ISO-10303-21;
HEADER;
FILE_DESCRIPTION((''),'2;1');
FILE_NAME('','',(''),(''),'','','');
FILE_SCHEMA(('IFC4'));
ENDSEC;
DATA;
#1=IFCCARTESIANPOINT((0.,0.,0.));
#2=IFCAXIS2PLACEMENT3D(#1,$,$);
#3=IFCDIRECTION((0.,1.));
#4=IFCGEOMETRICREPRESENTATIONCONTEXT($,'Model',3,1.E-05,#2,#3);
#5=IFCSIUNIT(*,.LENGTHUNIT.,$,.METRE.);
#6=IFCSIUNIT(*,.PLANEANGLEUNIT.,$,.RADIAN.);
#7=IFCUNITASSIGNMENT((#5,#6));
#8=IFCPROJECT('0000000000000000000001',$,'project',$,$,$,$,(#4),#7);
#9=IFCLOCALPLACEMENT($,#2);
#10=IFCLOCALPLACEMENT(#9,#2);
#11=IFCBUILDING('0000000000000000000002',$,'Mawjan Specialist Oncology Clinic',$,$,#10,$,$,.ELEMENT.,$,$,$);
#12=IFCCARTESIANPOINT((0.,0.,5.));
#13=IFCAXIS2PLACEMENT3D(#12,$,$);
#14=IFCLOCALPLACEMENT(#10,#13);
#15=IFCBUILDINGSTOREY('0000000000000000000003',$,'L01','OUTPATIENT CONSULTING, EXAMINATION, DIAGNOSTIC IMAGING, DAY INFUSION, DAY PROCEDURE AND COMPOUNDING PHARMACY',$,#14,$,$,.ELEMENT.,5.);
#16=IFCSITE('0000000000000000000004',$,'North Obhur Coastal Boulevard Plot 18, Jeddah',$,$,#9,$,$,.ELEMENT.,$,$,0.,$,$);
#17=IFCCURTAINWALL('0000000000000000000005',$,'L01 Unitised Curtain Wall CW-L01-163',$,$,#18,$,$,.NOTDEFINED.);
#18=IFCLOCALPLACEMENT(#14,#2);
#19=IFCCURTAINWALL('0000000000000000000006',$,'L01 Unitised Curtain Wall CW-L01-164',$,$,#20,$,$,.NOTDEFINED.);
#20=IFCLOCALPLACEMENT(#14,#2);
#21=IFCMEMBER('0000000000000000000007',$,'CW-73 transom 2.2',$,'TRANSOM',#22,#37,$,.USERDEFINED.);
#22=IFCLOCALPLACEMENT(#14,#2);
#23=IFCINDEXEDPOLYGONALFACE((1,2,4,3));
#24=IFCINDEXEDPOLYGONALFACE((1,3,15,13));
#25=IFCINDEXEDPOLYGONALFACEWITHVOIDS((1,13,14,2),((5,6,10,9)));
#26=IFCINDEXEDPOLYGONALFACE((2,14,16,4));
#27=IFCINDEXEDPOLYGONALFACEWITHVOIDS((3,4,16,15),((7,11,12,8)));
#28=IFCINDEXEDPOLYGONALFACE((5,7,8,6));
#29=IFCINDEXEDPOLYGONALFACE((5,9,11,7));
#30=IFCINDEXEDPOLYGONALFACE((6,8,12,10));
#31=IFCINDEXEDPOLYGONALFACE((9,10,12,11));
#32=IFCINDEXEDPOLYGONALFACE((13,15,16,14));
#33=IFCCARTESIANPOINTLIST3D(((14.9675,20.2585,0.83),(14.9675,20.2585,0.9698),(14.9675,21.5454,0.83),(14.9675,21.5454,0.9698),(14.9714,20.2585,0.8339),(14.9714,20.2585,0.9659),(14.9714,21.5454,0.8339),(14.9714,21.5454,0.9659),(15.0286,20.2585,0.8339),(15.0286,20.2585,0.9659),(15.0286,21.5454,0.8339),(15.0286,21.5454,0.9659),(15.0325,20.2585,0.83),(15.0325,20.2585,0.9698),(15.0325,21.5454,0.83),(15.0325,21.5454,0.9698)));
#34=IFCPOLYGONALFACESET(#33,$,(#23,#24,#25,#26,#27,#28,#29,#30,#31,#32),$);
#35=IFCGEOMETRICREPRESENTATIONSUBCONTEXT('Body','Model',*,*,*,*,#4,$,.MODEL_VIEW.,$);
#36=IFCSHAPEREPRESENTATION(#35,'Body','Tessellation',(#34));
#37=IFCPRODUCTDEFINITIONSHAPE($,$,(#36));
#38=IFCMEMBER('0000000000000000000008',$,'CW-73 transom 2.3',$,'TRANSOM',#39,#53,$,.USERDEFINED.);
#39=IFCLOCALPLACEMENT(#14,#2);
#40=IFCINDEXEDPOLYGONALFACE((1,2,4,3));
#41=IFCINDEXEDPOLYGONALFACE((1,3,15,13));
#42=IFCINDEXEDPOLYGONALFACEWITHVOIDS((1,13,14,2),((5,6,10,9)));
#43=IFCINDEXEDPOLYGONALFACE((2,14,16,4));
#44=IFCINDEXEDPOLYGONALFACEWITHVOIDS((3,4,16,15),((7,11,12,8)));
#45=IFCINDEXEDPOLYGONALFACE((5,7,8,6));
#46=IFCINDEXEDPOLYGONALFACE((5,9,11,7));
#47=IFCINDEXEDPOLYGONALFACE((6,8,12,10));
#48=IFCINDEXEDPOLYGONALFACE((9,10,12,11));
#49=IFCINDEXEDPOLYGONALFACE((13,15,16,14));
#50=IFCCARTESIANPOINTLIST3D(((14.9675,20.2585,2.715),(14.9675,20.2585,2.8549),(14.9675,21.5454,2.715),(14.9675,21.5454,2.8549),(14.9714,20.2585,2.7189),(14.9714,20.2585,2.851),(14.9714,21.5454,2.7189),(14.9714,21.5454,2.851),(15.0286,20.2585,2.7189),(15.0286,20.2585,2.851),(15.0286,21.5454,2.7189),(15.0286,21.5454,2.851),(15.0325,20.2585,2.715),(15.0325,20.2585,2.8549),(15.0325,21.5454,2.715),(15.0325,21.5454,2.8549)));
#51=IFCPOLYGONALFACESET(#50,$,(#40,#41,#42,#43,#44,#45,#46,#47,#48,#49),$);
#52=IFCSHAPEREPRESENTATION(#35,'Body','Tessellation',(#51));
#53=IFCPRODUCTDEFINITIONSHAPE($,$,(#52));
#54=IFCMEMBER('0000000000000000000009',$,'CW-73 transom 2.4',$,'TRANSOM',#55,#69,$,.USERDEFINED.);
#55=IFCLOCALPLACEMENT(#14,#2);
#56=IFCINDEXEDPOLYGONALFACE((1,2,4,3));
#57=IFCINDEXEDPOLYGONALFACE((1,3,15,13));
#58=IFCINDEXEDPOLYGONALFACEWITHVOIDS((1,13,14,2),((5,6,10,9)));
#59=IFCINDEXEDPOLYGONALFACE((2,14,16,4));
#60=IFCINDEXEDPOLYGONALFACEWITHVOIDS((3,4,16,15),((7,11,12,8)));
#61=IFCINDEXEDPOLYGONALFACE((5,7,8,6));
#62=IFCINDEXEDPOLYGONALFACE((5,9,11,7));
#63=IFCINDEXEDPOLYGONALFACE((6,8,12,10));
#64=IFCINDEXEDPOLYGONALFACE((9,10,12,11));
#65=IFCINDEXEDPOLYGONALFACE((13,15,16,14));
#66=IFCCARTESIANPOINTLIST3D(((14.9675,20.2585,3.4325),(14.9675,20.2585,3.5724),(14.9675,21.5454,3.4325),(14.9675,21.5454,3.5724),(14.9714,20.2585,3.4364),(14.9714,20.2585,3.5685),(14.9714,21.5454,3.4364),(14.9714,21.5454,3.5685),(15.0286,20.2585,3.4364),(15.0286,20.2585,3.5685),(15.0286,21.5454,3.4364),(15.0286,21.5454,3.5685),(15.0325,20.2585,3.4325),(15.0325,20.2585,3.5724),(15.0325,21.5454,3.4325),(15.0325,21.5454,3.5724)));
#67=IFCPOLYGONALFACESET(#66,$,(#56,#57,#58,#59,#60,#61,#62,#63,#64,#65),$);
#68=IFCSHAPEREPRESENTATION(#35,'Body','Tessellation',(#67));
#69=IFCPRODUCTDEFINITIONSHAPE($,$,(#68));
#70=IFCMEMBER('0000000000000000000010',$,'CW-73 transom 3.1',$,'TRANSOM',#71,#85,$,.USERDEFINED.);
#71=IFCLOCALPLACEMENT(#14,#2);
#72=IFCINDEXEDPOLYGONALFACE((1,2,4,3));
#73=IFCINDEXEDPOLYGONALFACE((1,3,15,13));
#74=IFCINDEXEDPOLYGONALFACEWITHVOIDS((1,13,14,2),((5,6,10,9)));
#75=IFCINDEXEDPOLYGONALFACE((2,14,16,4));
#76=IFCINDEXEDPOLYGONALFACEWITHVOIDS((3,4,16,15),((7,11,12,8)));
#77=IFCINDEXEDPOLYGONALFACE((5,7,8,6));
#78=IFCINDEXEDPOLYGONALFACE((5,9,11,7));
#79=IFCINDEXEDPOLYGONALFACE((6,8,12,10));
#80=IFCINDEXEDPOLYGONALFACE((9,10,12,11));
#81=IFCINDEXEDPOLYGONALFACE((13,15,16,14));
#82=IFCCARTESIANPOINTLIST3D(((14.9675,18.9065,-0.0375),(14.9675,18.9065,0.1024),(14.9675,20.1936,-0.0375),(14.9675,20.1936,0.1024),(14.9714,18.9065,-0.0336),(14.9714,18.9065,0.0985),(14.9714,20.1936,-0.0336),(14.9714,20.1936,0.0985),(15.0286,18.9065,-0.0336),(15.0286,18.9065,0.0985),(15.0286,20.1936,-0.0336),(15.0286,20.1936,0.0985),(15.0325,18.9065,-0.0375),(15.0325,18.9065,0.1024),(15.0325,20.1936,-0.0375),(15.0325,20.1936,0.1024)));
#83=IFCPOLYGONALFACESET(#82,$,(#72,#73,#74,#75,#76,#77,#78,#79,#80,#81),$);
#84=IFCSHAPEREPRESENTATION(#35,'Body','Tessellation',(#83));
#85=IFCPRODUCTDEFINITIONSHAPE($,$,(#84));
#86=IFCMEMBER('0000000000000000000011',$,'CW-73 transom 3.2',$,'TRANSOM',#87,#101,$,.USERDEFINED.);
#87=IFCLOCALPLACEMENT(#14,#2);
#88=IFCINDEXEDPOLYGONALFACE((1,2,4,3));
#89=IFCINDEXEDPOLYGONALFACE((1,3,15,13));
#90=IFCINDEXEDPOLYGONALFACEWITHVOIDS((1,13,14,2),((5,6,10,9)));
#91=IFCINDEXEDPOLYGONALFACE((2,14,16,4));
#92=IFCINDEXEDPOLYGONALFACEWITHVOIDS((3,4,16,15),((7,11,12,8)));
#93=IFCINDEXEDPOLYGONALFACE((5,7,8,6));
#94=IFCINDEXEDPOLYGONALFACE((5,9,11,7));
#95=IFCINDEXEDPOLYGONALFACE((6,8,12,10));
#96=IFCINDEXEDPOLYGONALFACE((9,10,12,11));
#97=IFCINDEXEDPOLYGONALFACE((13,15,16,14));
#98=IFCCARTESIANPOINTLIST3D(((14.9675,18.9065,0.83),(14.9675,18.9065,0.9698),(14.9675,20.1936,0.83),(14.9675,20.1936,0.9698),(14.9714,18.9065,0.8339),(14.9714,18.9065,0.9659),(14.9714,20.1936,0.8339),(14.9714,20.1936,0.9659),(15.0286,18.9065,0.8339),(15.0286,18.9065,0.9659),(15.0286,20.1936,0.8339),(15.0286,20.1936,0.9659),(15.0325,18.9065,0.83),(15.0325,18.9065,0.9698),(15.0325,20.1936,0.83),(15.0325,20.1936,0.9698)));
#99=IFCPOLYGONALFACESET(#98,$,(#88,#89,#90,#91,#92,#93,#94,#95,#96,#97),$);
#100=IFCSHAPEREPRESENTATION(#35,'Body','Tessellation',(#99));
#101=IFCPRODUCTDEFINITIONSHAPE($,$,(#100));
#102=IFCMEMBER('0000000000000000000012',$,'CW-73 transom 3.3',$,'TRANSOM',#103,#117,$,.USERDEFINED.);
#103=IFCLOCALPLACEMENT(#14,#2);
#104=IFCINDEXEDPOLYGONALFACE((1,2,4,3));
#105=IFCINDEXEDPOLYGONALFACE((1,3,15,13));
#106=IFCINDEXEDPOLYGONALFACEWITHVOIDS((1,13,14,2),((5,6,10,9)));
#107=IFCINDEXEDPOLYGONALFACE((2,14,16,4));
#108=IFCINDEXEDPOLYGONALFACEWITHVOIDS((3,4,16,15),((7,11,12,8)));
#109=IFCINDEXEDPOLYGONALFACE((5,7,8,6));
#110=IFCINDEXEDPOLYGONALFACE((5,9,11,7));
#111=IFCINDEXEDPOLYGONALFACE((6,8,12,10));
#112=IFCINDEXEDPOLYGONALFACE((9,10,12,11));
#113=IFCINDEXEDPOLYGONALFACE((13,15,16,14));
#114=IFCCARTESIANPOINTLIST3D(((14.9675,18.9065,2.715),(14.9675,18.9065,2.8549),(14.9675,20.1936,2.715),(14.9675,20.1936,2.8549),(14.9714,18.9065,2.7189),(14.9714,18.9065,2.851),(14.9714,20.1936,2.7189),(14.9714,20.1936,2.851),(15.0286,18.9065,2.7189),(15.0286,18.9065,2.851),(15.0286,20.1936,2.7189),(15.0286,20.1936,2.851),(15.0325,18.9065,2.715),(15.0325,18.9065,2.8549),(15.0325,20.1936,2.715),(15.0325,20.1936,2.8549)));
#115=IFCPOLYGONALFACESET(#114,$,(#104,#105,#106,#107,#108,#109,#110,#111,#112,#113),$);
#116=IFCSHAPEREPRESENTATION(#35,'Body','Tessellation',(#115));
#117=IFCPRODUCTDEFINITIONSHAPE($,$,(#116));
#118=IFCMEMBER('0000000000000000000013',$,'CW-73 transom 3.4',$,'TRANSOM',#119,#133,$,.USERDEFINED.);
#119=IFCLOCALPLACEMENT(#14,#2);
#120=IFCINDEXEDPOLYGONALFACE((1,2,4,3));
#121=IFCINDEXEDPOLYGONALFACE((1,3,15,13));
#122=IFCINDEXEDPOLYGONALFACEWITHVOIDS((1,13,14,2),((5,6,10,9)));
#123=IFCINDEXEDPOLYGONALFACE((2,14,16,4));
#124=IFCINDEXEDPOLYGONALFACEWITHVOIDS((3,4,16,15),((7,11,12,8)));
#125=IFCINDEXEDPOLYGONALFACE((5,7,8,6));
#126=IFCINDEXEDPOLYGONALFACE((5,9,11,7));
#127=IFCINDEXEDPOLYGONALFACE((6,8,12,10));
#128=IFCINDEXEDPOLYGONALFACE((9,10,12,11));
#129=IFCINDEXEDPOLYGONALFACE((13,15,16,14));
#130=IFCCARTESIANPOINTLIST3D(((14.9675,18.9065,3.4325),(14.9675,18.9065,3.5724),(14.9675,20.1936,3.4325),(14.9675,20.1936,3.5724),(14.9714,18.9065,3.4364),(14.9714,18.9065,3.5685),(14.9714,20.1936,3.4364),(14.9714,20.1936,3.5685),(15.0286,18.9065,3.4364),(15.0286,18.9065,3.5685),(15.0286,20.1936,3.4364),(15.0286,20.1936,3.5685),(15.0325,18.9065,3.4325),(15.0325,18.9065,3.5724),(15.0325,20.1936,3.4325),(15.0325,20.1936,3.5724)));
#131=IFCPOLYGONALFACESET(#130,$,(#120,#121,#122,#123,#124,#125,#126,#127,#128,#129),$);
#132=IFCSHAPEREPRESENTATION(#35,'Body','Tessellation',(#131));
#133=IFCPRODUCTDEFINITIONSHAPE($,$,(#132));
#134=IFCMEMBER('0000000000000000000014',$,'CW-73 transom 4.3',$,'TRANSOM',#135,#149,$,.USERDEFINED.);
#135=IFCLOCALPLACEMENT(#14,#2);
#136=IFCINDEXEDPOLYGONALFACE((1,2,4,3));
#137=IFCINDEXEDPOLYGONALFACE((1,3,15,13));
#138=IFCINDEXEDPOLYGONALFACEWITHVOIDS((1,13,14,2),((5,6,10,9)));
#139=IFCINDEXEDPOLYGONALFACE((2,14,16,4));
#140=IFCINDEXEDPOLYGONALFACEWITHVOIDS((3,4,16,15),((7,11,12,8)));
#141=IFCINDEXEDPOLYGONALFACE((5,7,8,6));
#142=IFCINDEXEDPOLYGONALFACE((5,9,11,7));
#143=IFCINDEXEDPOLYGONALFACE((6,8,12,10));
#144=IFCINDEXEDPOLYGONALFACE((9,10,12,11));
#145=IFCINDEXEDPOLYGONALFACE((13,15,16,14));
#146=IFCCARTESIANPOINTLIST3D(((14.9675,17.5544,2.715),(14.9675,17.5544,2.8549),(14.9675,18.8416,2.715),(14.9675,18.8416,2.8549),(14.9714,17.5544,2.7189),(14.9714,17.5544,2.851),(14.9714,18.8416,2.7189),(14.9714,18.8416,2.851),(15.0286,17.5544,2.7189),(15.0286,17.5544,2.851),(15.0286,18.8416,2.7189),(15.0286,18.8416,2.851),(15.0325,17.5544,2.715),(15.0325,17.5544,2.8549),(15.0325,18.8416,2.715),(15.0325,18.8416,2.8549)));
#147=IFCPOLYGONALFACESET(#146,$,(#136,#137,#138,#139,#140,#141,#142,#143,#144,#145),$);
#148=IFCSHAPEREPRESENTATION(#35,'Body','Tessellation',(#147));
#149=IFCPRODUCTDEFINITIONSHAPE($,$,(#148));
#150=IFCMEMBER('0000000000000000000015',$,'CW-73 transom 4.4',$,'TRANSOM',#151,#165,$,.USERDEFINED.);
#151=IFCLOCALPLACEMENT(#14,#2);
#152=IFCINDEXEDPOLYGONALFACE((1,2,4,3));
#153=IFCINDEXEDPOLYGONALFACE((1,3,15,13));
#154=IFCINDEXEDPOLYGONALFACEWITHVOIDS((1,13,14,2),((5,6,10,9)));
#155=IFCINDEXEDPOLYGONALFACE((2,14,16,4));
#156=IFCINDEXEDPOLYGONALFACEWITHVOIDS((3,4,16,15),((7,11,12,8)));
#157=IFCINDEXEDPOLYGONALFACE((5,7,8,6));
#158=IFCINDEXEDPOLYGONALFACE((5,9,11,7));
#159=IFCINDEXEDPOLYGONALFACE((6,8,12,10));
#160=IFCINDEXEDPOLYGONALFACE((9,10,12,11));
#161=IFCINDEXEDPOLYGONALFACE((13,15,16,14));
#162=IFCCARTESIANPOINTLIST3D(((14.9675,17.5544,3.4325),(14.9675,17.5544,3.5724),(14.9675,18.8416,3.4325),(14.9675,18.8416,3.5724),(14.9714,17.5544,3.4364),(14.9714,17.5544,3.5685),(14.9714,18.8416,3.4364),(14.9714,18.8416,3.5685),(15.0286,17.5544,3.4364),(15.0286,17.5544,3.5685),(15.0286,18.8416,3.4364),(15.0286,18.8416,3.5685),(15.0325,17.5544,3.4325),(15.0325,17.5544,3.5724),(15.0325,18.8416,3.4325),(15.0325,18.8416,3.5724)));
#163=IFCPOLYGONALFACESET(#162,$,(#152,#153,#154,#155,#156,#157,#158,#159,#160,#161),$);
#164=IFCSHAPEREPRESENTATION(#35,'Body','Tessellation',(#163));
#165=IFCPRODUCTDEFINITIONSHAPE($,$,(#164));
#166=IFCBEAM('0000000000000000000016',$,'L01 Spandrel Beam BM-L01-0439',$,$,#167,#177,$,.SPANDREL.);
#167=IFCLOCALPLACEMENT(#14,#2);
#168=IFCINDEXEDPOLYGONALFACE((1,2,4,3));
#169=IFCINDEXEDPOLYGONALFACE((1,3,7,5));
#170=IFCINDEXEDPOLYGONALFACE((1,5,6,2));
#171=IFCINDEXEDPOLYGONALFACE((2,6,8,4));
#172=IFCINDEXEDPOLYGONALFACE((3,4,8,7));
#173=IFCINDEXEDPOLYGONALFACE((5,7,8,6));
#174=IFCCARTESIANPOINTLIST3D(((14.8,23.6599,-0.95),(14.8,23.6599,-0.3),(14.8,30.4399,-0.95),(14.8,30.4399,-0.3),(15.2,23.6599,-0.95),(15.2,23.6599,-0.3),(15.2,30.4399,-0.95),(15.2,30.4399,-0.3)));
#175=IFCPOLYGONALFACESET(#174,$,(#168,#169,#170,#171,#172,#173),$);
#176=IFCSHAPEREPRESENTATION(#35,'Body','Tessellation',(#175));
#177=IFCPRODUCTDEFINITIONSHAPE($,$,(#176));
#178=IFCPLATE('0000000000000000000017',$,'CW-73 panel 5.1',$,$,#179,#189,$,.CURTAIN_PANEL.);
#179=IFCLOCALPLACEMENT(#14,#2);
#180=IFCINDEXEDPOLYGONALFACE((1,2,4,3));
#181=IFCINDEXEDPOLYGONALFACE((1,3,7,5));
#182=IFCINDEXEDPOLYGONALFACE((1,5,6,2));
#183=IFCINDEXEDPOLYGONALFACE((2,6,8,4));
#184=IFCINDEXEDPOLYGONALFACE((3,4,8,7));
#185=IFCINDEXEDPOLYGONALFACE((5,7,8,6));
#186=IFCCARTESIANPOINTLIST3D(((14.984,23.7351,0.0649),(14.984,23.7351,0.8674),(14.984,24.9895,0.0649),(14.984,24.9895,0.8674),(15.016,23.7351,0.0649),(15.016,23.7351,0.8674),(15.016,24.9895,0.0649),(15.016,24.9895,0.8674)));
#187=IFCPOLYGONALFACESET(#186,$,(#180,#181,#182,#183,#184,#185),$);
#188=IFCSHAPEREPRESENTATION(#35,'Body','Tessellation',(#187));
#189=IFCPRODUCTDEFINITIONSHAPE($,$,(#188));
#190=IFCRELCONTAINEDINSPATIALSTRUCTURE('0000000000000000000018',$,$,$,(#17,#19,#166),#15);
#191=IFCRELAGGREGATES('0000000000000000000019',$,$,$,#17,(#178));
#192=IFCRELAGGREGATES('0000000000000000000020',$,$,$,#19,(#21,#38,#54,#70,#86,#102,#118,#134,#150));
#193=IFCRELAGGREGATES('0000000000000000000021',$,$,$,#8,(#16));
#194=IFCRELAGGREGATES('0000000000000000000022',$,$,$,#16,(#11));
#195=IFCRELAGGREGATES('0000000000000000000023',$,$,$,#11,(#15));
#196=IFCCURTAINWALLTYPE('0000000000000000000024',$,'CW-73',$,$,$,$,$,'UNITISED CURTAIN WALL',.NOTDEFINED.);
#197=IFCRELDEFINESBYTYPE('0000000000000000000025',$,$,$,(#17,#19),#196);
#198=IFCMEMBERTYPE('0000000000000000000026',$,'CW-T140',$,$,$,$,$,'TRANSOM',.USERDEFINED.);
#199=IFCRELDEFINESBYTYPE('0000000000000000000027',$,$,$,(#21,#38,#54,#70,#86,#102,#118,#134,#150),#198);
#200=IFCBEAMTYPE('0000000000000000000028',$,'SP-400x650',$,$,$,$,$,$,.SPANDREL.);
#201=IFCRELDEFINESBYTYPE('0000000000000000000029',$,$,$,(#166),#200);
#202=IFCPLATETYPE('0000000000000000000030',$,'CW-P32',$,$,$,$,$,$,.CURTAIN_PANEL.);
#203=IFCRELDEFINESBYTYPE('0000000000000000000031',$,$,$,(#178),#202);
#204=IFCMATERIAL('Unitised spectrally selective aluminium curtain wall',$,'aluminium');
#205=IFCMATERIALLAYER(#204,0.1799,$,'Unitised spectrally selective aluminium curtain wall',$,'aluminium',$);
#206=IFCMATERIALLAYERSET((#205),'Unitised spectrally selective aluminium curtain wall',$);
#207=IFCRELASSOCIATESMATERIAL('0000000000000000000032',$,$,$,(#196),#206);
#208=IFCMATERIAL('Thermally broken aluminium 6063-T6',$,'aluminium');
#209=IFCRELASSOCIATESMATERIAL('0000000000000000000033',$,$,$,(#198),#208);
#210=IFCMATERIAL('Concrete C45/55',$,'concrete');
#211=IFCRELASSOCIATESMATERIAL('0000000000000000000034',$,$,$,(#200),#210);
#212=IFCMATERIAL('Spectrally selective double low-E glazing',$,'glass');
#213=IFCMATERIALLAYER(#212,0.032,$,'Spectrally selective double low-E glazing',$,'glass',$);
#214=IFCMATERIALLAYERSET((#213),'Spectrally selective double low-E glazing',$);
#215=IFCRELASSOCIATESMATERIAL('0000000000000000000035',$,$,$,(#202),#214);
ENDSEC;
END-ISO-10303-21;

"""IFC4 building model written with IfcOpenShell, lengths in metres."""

from ifc_helpers import new_model, si_unit, direction, frame, origin, origin_2d, place, context, subcontext, project, spatial, rectangle, hollow_rectangle, extrude, material, layer, layer_set, material_profile, profile_set, type_object, element, aggregate, save


model = new_model("IFC4")

# Units and contexts
model_context = context("Model", 3, precision=1e-05, world=origin(), true_north=direction((0.0, 1.0)))
body_context = subcontext(model_context, "Body", "Model", "MODEL_VIEW")
ifc_project = project(units=[si_unit("LENGTHUNIT", "METRE"), si_unit("PLANEANGLEUNIT", "RADIAN")], contexts=[model_context])

# Site, building, storey
site_placement = place(None, origin())
site = spatial("IfcSite", under=ifc_project, at=site_placement, Name="North Obhur Coastal Boulevard Plot 18, Jeddah", CompositionType="ELEMENT", RefElevation=0.0)
building_placement = place(site_placement, origin())
building = spatial("IfcBuilding", under=site, at=building_placement, Name="Mawjan Specialist Oncology Clinic", CompositionType="ELEMENT")
storey_placement = place(building_placement, frame((0.0, 0.0, 5.0)))
storey = spatial("IfcBuildingStorey", under=building, at=storey_placement, Name="L01", Description="OUTPATIENT CONSULTING, EXAMINATION, DIAGNOSTIC IMAGING, DAY INFUSION, DAY PROCEDURE AND COMPOUNDING PHARMACY", CompositionType="ELEMENT", Elevation=5.0)

# Curtain wall
ifc_material_1 = material(Name="Unitised spectrally selective aluminium curtain wall", Category="aluminium")
ifc_layer_1 = layer(ifc_material_1, 0.1799, Name="Unitised spectrally selective aluminium curtain wall", Category="aluminium")
ifc_layer_set_1 = layer_set([ifc_layer_1], Name="Unitised spectrally selective aluminium curtain wall")
curtain_wall_type = type_object("IfcCurtainWallType", Name="CW-73", ElementType="UNITISED CURTAIN WALL", PredefinedType="NOTDEFINED", material=ifc_layer_set_1)
curtain_wall_1_placement = place(storey_placement, origin())
curtain_wall_1 = element("IfcCurtainWall", 1, at=curtain_wall_1_placement, inside=storey, type_object=curtain_wall_type, Name="L01 Unitised Curtain Wall CW-L01-163", PredefinedType="NOTDEFINED")

# Curtain wall, members
curtain_wall_2_placement = place(storey_placement, origin())
curtain_wall_2 = element("IfcCurtainWall", 2, at=curtain_wall_2_placement, inside=storey, type_object=curtain_wall_type, Name="L01 Unitised Curtain Wall CW-L01-164", PredefinedType="NOTDEFINED")
ifc_material_2 = material(Name="Thermally broken aluminium 6063-T6", Category="aluminium")
ifc_material_profile_1 = material_profile(ifc_material_2, hollow_rectangle(XDim=0.0649, YDim=0.1399, WallThickness=0.0039, at=origin_2d()), Name="ALU TRANSOM 140x65x4", Category="aluminium")
ifc_profile_set_1 = profile_set([ifc_material_profile_1], Name="Thermally broken aluminium 6063-T6")
member_type_1 = type_object("IfcMemberType", Name="CW-T140", ElementType="TRANSOM", PredefinedType="USERDEFINED", material=ifc_profile_set_1)
member_1_placement = place(storey_placement, frame((15.0, 21.5454, 0.8999), z_axis=(0.0, -1.0, 0.0), x_axis=(1.0, 0.0, 0.0)))
member_1 = element("IfcMember", 3, at=member_1_placement, type_object=member_type_1, Name="CW-73 transom 2.2", ObjectType="TRANSOM", PredefinedType="USERDEFINED", context=body_context, shape_type="SweptSolid", body=[
    extrude(hollow_rectangle(XDim=0.0649, YDim=0.1399, WallThickness=0.0039, at=origin_2d()), origin(), (0.0, 0.0, 1.0), 1.2869),
])
member_2_placement = place(storey_placement, frame((15.0, 21.5454, 2.7849), z_axis=(0.0, -1.0, 0.0), x_axis=(1.0, 0.0, 0.0)))
member_2 = element("IfcMember", 4, at=member_2_placement, type_object=member_type_1, Name="CW-73 transom 2.3", ObjectType="TRANSOM", PredefinedType="USERDEFINED", context=body_context, shape_type="SweptSolid", body=[
    extrude(hollow_rectangle(XDim=0.0649, YDim=0.1399, WallThickness=0.0039, at=origin_2d()), origin(), (0.0, 0.0, 1.0), 1.2869),
])
member_3_placement = place(storey_placement, frame((15.0, 21.5454, 3.5024), z_axis=(0.0, -1.0, 0.0), x_axis=(1.0, 0.0, 0.0)))
member_3 = element("IfcMember", 5, at=member_3_placement, type_object=member_type_1, Name="CW-73 transom 2.4", ObjectType="TRANSOM", PredefinedType="USERDEFINED", context=body_context, shape_type="SweptSolid", body=[
    extrude(hollow_rectangle(XDim=0.0649, YDim=0.1399, WallThickness=0.0039, at=origin_2d()), origin(), (0.0, 0.0, 1.0), 1.2869),
])
member_4_placement = place(storey_placement, frame((15.0, 20.1936, 0.0325), z_axis=(0.0, -1.0, 0.0), x_axis=(1.0, 0.0, 0.0)))
member_4 = element("IfcMember", 6, at=member_4_placement, type_object=member_type_1, Name="CW-73 transom 3.1", ObjectType="TRANSOM", PredefinedType="USERDEFINED", context=body_context, shape_type="SweptSolid", body=[
    extrude(hollow_rectangle(XDim=0.0649, YDim=0.1399, WallThickness=0.0039, at=origin_2d()), origin(), (0.0, 0.0, 1.0), 1.2871),
])
member_5_placement = place(storey_placement, frame((15.0, 20.1936, 0.8999), z_axis=(0.0, -1.0, 0.0), x_axis=(1.0, 0.0, 0.0)))
member_5 = element("IfcMember", 7, at=member_5_placement, type_object=member_type_1, Name="CW-73 transom 3.2", ObjectType="TRANSOM", PredefinedType="USERDEFINED", context=body_context, shape_type="SweptSolid", body=[
    extrude(hollow_rectangle(XDim=0.0649, YDim=0.1399, WallThickness=0.0039, at=origin_2d()), origin(), (0.0, 0.0, 1.0), 1.2871),
])
member_6_placement = place(storey_placement, frame((15.0, 20.1936, 2.7849), z_axis=(0.0, -1.0, 0.0), x_axis=(1.0, 0.0, 0.0)))
member_6 = element("IfcMember", 8, at=member_6_placement, type_object=member_type_1, Name="CW-73 transom 3.3", ObjectType="TRANSOM", PredefinedType="USERDEFINED", context=body_context, shape_type="SweptSolid", body=[
    extrude(hollow_rectangle(XDim=0.0649, YDim=0.1399, WallThickness=0.0039, at=origin_2d()), origin(), (0.0, 0.0, 1.0), 1.2871),
])
member_7_placement = place(storey_placement, frame((15.0, 20.1936, 3.5024), z_axis=(0.0, -1.0, 0.0), x_axis=(1.0, 0.0, 0.0)))
member_7 = element("IfcMember", 9, at=member_7_placement, type_object=member_type_1, Name="CW-73 transom 3.4", ObjectType="TRANSOM", PredefinedType="USERDEFINED", context=body_context, shape_type="SweptSolid", body=[
    extrude(hollow_rectangle(XDim=0.0649, YDim=0.1399, WallThickness=0.0039, at=origin_2d()), origin(), (0.0, 0.0, 1.0), 1.2871),
])
member_8_placement = place(storey_placement, frame((15.0, 18.8416, 2.7849), z_axis=(0.0, -1.0, 0.0), x_axis=(1.0, 0.0, 0.0)))
member_8 = element("IfcMember", 10, at=member_8_placement, type_object=member_type_1, Name="CW-73 transom 4.3", ObjectType="TRANSOM", PredefinedType="USERDEFINED", context=body_context, shape_type="SweptSolid", body=[
    extrude(hollow_rectangle(XDim=0.0649, YDim=0.1399, WallThickness=0.0039, at=origin_2d()), origin(), (0.0, 0.0, 1.0), 1.2871),
])
member_9_placement = place(storey_placement, frame((15.0, 18.8416, 3.5024), z_axis=(0.0, -1.0, 0.0), x_axis=(1.0, 0.0, 0.0)))
member_9 = element("IfcMember", 11, at=member_9_placement, type_object=member_type_1, Name="CW-73 transom 4.4", ObjectType="TRANSOM", PredefinedType="USERDEFINED", context=body_context, shape_type="SweptSolid", body=[
    extrude(hollow_rectangle(XDim=0.0649, YDim=0.1399, WallThickness=0.0039, at=origin_2d()), origin(), (0.0, 0.0, 1.0), 1.2871),
])

# Beam
ifc_material_3 = material(Name="Concrete C45/55", Category="concrete")
ifc_material_profile_2 = material_profile(ifc_material_3, rectangle(XDim=0.3999, YDim=0.6499, at=origin_2d()), Name="RC BM 400x650", Category="concrete")
ifc_profile_set_2 = profile_set([ifc_material_profile_2], Name="Concrete C45/55")
beam_type = type_object("IfcBeamType", Name="SP-400x650", PredefinedType="SPANDREL", material=ifc_profile_set_2)
beam_placement = place(storey_placement, frame((15.0, 23.6599, -0.625), z_axis=(0.0, 1.0, 0.0), x_axis=(-1.0, 0.0, 0.0)))
element("IfcBeam", 12, at=beam_placement, inside=storey, type_object=beam_type, Name="L01 Spandrel Beam BM-L01-0439", PredefinedType="SPANDREL", context=body_context, shape_type="SweptSolid", body=[
    extrude(rectangle(XDim=0.3999, YDim=0.6499, at=origin_2d()), origin(), (0.0, 0.0, 1.0), 6.78),
])

# Plate
ifc_material_4 = material(Name="Spectrally selective double low-E glazing", Category="glass")
ifc_layer_2 = layer(ifc_material_4, 0.032, Name="Spectrally selective double low-E glazing", Category="glass")
ifc_layer_set_2 = layer_set([ifc_layer_2], Name="Spectrally selective double low-E glazing")
plate_type = type_object("IfcPlateType", Name="CW-P32", PredefinedType="CURTAIN_PANEL", material=ifc_layer_set_2)
plate_1_placement = place(storey_placement, frame((15.0, 24.3623, 0.0649), z_axis=(0.0, 0.0, 1.0), x_axis=(0.0, -1.0, 0.0)))
plate_1 = element("IfcPlate", 13, at=plate_1_placement, type_object=plate_type, Name="CW-73 panel 5.1", PredefinedType="CURTAIN_PANEL", context=body_context, shape_type="SweptSolid", body=[
    extrude(rectangle(XDim=1.2544, YDim=0.032, at=origin_2d()), origin(), (0.0, 0.0, 1.0), 0.8025),
])
aggregate(curtain_wall_1, [plate_1])
aggregate(curtain_wall_2, [member_1, member_2, member_3, member_4, member_5, member_6, member_7, member_8, member_9])

save(model, "model.ifc")
